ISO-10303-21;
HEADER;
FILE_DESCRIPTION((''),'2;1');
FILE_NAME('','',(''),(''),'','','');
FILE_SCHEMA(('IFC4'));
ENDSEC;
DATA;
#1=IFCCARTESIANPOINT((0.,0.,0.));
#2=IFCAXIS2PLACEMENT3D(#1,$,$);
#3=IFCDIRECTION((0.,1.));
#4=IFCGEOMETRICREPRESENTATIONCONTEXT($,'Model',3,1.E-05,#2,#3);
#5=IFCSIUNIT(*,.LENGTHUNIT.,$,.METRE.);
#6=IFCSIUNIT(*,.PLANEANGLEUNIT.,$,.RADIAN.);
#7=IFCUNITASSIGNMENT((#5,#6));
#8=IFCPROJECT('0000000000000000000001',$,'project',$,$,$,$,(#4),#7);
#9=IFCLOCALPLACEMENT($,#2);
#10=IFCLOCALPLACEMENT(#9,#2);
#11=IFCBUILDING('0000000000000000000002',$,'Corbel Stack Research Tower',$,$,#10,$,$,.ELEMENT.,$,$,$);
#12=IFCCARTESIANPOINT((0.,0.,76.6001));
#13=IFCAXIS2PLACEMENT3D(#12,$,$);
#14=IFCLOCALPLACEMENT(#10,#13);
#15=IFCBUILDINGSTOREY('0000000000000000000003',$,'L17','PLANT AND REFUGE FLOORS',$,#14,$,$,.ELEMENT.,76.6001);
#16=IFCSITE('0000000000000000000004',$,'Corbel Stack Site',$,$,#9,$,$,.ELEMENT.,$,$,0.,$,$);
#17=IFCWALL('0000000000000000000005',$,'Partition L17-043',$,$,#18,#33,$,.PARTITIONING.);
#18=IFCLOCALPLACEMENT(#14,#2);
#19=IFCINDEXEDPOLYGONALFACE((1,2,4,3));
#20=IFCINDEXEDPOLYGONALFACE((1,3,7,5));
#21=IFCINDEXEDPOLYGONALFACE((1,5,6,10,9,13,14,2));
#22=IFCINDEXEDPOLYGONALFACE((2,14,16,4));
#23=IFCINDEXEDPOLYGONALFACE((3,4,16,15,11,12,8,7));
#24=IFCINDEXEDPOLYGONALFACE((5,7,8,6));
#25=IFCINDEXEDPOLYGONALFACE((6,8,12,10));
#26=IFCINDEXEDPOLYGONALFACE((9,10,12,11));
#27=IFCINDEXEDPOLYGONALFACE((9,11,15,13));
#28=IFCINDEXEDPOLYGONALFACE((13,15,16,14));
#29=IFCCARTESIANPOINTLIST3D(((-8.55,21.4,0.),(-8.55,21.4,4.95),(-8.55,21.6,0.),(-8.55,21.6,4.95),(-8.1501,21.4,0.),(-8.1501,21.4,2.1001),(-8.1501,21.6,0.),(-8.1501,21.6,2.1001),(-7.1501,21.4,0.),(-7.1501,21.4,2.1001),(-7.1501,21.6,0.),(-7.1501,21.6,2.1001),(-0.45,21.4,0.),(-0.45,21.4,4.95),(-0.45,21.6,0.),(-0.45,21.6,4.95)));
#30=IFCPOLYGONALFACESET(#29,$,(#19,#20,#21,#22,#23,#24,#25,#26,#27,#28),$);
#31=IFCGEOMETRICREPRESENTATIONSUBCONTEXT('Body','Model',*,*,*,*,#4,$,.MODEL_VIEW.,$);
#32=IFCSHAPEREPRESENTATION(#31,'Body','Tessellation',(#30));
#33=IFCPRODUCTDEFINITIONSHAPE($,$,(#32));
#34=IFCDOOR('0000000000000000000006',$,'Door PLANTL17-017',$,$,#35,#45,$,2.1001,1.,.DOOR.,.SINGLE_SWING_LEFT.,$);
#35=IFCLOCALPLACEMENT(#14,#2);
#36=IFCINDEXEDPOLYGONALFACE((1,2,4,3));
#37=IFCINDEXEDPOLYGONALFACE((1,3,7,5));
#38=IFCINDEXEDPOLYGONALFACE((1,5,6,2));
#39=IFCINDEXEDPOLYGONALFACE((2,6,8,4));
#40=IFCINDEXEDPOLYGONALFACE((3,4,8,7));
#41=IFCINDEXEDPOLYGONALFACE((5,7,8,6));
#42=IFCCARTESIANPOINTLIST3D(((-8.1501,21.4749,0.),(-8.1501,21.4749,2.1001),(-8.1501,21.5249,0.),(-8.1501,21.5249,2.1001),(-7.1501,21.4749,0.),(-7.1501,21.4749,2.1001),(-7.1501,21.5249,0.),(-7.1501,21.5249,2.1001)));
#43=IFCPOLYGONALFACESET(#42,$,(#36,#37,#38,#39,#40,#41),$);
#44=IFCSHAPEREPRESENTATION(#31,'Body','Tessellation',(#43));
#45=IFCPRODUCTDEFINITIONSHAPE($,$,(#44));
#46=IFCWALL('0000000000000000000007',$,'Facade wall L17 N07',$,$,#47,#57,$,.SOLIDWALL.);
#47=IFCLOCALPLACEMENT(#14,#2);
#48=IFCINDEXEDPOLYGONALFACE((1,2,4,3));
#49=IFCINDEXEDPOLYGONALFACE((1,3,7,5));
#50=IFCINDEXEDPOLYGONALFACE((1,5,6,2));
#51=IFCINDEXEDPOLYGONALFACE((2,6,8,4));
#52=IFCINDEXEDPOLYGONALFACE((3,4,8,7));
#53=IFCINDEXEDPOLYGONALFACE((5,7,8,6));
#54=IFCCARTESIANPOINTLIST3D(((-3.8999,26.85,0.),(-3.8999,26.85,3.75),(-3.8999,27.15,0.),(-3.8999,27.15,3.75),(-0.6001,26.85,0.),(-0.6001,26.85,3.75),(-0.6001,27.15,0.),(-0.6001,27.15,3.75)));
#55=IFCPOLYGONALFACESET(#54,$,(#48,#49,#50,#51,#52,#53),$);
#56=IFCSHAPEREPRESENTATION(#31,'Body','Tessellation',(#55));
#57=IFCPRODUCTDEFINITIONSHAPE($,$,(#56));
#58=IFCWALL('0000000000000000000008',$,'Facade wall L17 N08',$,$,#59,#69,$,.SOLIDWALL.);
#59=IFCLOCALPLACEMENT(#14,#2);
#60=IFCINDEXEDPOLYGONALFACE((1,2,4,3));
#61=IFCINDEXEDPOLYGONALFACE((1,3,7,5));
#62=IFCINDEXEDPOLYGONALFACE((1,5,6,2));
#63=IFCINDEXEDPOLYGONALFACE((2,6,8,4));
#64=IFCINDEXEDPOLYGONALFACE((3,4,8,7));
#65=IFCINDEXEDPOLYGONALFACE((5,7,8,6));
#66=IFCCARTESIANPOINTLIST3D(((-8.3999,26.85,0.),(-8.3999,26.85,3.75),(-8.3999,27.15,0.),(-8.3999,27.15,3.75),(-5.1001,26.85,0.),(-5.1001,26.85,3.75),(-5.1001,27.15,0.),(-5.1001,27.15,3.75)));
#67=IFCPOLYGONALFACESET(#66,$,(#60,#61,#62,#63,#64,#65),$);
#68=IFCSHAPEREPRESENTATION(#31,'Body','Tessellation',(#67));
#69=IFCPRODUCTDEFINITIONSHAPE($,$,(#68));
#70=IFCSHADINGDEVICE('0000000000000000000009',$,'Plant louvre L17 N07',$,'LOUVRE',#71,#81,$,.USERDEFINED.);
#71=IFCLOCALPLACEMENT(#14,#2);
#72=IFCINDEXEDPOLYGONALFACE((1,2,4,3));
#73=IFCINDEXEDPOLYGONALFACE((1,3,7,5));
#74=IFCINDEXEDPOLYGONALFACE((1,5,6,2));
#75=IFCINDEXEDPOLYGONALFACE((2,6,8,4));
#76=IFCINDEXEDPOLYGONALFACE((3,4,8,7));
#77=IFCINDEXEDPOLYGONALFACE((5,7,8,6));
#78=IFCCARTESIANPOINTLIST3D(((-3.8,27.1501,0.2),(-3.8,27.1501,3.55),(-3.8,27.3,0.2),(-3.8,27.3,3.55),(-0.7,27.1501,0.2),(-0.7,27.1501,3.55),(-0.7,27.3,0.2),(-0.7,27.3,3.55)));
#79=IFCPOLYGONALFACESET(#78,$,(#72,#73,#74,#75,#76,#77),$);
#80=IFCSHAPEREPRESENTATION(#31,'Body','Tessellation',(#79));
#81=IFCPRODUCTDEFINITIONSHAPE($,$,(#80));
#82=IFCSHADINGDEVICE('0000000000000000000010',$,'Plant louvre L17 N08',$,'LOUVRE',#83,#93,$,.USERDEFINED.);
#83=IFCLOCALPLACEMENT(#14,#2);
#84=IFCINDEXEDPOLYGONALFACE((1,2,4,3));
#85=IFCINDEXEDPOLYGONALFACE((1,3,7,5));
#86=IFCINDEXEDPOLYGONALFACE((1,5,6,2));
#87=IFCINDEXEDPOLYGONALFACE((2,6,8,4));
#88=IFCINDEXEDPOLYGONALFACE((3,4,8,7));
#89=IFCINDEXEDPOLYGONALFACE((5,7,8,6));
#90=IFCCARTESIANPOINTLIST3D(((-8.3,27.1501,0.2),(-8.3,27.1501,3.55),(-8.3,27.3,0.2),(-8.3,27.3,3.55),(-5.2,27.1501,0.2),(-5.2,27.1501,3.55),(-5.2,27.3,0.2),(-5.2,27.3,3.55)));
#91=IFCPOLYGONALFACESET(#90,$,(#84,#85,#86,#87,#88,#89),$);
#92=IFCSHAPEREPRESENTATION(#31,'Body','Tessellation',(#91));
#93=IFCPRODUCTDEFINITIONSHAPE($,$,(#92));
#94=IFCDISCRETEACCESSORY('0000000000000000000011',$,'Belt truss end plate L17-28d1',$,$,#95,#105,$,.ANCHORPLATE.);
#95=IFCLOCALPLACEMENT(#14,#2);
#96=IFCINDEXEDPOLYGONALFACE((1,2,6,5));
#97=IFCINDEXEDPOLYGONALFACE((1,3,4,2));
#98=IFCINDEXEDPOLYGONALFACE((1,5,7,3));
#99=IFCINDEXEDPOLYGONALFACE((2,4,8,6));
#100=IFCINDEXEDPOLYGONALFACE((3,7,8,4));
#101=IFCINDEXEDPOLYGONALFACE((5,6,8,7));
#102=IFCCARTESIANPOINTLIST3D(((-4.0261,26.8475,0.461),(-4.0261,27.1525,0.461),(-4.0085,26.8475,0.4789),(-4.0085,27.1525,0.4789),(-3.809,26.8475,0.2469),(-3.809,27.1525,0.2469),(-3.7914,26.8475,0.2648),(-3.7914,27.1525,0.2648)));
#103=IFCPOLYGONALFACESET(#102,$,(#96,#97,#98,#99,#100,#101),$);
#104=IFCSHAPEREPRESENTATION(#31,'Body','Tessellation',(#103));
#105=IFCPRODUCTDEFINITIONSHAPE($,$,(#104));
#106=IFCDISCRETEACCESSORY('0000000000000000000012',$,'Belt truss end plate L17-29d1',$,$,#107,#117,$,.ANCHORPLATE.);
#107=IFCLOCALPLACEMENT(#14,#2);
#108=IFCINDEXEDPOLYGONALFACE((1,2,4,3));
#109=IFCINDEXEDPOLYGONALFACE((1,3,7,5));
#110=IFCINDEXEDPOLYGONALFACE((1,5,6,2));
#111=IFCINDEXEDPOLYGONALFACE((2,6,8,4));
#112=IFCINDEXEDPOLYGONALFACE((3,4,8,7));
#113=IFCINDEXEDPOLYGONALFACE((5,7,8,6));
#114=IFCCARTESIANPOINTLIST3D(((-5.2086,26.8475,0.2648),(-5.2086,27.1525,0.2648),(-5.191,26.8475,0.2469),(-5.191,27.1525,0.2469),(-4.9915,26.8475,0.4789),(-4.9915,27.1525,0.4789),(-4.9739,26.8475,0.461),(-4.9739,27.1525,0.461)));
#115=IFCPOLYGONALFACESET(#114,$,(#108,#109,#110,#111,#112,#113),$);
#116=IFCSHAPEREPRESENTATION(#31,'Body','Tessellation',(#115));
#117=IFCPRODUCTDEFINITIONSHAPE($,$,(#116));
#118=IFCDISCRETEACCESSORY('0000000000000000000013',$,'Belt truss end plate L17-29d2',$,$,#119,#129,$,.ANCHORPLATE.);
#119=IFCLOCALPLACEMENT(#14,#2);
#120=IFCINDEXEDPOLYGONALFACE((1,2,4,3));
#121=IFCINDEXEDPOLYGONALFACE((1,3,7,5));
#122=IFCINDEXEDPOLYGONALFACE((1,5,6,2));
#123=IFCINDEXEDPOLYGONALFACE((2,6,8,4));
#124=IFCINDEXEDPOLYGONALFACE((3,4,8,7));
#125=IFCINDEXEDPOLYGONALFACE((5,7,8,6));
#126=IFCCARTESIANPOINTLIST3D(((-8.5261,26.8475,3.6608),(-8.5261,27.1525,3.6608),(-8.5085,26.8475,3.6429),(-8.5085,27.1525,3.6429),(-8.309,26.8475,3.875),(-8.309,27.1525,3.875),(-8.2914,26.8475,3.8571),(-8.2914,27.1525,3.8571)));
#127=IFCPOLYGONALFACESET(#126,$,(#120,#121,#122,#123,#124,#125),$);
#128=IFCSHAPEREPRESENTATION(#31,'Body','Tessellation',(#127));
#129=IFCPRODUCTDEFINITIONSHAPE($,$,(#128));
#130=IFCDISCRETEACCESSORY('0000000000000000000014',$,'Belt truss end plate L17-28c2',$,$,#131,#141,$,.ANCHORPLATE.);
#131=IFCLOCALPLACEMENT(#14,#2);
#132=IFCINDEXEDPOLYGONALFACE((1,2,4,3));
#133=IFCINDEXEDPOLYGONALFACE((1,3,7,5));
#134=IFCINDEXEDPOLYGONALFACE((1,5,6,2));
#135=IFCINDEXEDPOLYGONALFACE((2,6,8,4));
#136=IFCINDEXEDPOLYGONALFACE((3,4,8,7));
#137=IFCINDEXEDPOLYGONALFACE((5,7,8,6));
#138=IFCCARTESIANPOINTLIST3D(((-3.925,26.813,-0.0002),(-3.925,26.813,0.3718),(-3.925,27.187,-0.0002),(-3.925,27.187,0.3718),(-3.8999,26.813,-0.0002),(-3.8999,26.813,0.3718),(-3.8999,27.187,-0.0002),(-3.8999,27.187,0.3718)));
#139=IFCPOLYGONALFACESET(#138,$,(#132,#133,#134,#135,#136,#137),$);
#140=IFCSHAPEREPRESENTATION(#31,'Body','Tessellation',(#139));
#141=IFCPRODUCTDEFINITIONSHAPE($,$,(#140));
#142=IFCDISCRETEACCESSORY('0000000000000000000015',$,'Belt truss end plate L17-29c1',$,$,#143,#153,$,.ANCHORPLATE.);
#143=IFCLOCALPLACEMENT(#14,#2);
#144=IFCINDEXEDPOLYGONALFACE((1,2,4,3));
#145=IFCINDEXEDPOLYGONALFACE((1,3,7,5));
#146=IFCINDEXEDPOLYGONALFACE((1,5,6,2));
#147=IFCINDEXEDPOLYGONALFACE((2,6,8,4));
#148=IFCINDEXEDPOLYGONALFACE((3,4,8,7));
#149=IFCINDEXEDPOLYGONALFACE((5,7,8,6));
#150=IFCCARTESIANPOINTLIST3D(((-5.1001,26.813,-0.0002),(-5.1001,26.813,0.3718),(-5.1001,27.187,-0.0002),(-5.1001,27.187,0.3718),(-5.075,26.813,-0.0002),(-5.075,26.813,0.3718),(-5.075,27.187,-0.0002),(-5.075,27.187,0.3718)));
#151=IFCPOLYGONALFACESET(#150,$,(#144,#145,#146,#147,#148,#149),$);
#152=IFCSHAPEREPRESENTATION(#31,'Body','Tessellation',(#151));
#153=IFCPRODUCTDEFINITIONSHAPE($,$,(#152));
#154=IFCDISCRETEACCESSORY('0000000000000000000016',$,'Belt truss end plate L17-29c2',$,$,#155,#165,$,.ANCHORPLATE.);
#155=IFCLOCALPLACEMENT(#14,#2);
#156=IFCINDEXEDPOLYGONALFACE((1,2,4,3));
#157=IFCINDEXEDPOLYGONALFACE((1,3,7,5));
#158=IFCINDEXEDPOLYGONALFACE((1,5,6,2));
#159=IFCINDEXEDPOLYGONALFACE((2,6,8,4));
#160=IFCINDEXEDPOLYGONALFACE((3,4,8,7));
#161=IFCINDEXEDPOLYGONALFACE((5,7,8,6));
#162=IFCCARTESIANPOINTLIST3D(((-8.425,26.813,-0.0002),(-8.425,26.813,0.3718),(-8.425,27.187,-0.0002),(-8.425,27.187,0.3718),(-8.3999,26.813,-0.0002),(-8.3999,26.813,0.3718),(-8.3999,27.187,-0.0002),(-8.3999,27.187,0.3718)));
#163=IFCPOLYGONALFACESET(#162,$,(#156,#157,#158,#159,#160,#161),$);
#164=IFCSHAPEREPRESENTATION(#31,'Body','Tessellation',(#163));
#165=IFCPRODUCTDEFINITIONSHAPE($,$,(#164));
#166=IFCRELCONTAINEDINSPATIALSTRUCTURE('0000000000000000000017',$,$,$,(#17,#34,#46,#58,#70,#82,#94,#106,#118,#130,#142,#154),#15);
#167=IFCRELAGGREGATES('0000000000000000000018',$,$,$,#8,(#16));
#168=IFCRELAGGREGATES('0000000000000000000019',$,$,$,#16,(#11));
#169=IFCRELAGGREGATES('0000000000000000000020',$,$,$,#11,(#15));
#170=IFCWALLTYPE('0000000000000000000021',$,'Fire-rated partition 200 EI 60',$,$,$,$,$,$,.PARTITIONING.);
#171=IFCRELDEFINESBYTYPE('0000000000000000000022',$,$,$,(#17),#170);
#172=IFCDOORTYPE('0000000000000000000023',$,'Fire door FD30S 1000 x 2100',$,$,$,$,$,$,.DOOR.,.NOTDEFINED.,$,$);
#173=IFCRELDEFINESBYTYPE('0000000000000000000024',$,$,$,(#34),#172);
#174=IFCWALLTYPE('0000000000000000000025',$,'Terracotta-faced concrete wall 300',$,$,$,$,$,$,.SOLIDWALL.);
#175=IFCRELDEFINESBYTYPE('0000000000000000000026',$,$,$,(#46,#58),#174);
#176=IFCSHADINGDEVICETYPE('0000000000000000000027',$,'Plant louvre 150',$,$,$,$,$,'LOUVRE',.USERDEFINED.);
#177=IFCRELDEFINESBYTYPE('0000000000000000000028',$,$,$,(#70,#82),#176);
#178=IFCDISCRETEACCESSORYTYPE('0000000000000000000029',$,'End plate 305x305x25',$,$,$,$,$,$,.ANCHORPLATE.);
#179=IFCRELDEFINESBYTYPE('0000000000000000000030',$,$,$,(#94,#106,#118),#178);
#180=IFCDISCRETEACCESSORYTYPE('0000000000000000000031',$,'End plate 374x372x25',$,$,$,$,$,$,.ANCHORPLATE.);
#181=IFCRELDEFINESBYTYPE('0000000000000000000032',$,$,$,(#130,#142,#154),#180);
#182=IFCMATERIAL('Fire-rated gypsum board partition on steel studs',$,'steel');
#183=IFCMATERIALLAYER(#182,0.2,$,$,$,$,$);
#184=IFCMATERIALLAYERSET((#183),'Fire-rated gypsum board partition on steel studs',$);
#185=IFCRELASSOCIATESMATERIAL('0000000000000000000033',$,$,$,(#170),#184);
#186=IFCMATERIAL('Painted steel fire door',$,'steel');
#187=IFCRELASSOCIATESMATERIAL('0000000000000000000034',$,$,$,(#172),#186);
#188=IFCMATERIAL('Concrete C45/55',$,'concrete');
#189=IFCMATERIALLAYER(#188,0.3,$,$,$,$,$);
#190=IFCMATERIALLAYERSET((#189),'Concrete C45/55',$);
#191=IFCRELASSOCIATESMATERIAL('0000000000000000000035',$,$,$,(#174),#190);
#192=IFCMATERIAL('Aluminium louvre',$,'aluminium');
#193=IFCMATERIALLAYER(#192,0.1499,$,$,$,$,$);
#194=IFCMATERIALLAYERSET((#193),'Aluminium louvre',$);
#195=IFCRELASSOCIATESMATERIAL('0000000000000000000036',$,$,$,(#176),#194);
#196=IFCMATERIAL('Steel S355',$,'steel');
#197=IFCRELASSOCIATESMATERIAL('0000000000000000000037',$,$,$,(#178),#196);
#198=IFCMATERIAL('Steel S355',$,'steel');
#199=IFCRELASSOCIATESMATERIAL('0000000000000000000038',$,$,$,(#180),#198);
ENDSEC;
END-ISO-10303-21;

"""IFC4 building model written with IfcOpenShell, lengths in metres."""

from ifc_helpers import new_model, si_unit, direction, frame, frame_2d, origin, origin_2d, place, context, subcontext, project, spatial, rectangle, extrude, material, layer, layer_set, material_profile, profile_set, type_object, element, fill, save


model = new_model("IFC4")

# Units and contexts
model_context = context("Model", 3, precision=1e-05, world=origin(), true_north=direction((0.0, 1.0)))
body_context = subcontext(model_context, "Body", "Model", "MODEL_VIEW")
ifc_project = project(units=[si_unit("LENGTHUNIT", "METRE"), si_unit("PLANEANGLEUNIT", "RADIAN")], contexts=[model_context])

# Site, building, storey
site_placement = place(None, origin())
site = spatial("IfcSite", under=ifc_project, at=site_placement, Name="Corbel Stack Site", CompositionType="ELEMENT", RefElevation=0.0)
building_placement = place(site_placement, origin())
building = spatial("IfcBuilding", under=site, at=building_placement, Name="Corbel Stack Research Tower", CompositionType="ELEMENT")
storey_placement = place(building_placement, frame((0.0, 0.0, 76.6001)))
storey = spatial("IfcBuildingStorey", under=building, at=storey_placement, Name="L17", Description="PLANT AND REFUGE FLOORS", CompositionType="ELEMENT", Elevation=76.6001)

# Shared definitions
ifc_material_1 = material(Name="Fire-rated gypsum board partition on steel studs", Category="steel")
ifc_layer_1 = layer(ifc_material_1, 0.2)
ifc_layer_set_1 = layer_set([ifc_layer_1], Name="Fire-rated gypsum board partition on steel studs")
wall_type_1 = type_object("IfcWallType", Name="Fire-rated partition 200 EI 60", PredefinedType="PARTITIONING", material=ifc_layer_set_1)

# Wall, opening, door
wall_1_placement = place(storey_placement, frame((-8.55, 21.5, 0.0), z_axis=(0.0, 0.0, 1.0), x_axis=(1.0, 0.0, 0.0)))
wall_1 = element("IfcWall", 1, at=wall_1_placement, inside=storey, type_object=wall_type_1, Name="Partition L17-043", PredefinedType="PARTITIONING", context=body_context, shape_type="SweptSolid", body=[
    extrude(rectangle(XDim=8.1001, YDim=0.2, at=frame_2d((4.05, 0.0))), origin(), (0.0, 0.0, 1.0), 4.95),
])
opening_placement = place(wall_1_placement, frame((0.3999, 0.0, 0.0)))
opening = element("IfcOpeningElement", 2, at=opening_placement, cuts=wall_1, PredefinedType="OPENING", context=body_context, shape_type="SweptSolid", body=[
    extrude(rectangle(XDim=1.0, YDim=2.1001, at=frame_2d((0.5, 1.05))), frame((0.0, 0.1099, 0.0), z_axis=(0.0, -1.0, 0.0), x_axis=(1.0, 0.0, 0.0)), (0.0, 0.0, 1.0), 0.22),
])
ifc_material_2 = material(Name="Painted steel fire door", Category="steel")
door_type = type_object("IfcDoorType", Name="Fire door FD30S 1000 x 2100", OperationType="NOTDEFINED", PredefinedType="DOOR", material=ifc_material_2)
door_placement = place(opening_placement, origin())
door = element("IfcDoor", 3, at=door_placement, inside=storey, type_object=door_type, Name="Door PLANTL17-017", OperationType="SINGLE_SWING_LEFT", OverallHeight=2.1001, OverallWidth=1.0, PredefinedType="DOOR", context=body_context, shape_type="SweptSolid", body=[
    extrude(rectangle(XDim=1.0, YDim=2.1001, at=frame_2d((0.5, 1.05))), frame((0.0, 0.0249, 0.0), z_axis=(0.0, -1.0, 0.0), x_axis=(1.0, 0.0, 0.0)), (0.0, 0.0, 1.0), 0.05),
])
fill(opening, door)

# Walls
ifc_material_3 = material(Name="Concrete C45/55", Category="concrete")
ifc_layer_2 = layer(ifc_material_3, 0.3)
ifc_layer_set_2 = layer_set([ifc_layer_2], Name="Concrete C45/55")
wall_type_2 = type_object("IfcWallType", Name="Terracotta-faced concrete wall 300", PredefinedType="SOLIDWALL", material=ifc_layer_set_2)
for number, where, z_axis, x_axis, name in (
    (4, (-3.8999, 27.0, 0.0), (0.0, 0.0, 1.0), (1.0, 0.0, 0.0), "Facade wall L17 N07"),
    (5, (-8.3999, 27.0, 0.0), (0.0, 0.0, 1.0), (1.0, 0.0, 0.0), "Facade wall L17 N08"),
):
    element("IfcWall", number, at=place(storey_placement, frame(where, z_axis=z_axis, x_axis=x_axis)), inside=storey, type_object=wall_type_2, Name=name, PredefinedType="SOLIDWALL", context=body_context, shape_type="SweptSolid", body=[
        extrude(rectangle(XDim=3.2998, YDim=0.3, at=frame_2d((1.6499, 0.0))), origin(), (0.0, 0.0, 1.0), 3.75),
    ])

# Shading devices
ifc_material_4 = material(Name="Aluminium louvre", Category="aluminium")
ifc_layer_3 = layer(ifc_material_4, 0.1499)
ifc_layer_set_3 = layer_set([ifc_layer_3], Name="Aluminium louvre")
shading_device_type = type_object("IfcShadingDeviceType", Name="Plant louvre 150", ElementType="LOUVRE", PredefinedType="USERDEFINED", material=ifc_layer_set_3)
for number, where, z_axis, x_axis, name in (
    (6, (-2.25, 27.2251, 0.2), (0.0, 0.0, 1.0), (-1.0, 0.0, 0.0), "Plant louvre L17 N07"),
    (7, (-6.75, 27.2251, 0.2), (0.0, 0.0, 1.0), (-1.0, 0.0, 0.0), "Plant louvre L17 N08"),
):
    element("IfcShadingDevice", number, at=place(storey_placement, frame(where, z_axis=z_axis, x_axis=x_axis)), inside=storey, type_object=shading_device_type, Name=name, ObjectType="LOUVRE", PredefinedType="USERDEFINED", context=body_context, shape_type="SweptSolid", body=[
        extrude(rectangle(XDim=3.1001, YDim=0.1499, at=origin_2d()), origin(), (0.0, 0.0, 1.0), 3.3501),
    ])

# Discrete accessories
ifc_material_5 = material(Name="Steel S355", Category="steel")
ifc_material_profile_1 = material_profile(ifc_material_5, rectangle(XDim=0.3049, YDim=0.3049, at=origin_2d()), Name="End plate 305x305x25")
ifc_profile_set_1 = profile_set([ifc_material_profile_1], Name="Steel S355")
discrete_accessory_type_1 = type_object("IfcDiscreteAccessoryType", Name="End plate 305x305x25", PredefinedType="ANCHORPLATE", material=ifc_profile_set_1)
for number, where, z_axis, x_axis, name in (
    (8, (-3.8999, 27.0, 0.3718), (-0.702213, 0.0, -0.711966), (0.0, -1.0, 0.0), "Belt truss end plate L17-28d1"),
    (9, (-5.1001, 27.0, 0.3718), (0.702213, 0.0, -0.711966), (0.0, 1.0, 0.0), "Belt truss end plate L17-29d1"),
    (10, (-8.3999, 27.0, 3.75), (-0.702213, 0.0, 0.711966), (0.0, -1.0, 0.0), "Belt truss end plate L17-29d2"),
):
    element("IfcDiscreteAccessory", number, at=place(storey_placement, frame(where, z_axis=z_axis, x_axis=x_axis)), inside=storey, type_object=discrete_accessory_type_1, Name=name, PredefinedType="ANCHORPLATE", context=body_context, shape_type="SweptSolid", body=[
        extrude(rectangle(XDim=0.3049, YDim=0.3049, at=origin_2d()), origin(), (0.0, 0.0, 1.0), 0.0251),
    ])
ifc_material_6 = material(Name="Steel S355", Category="steel")
ifc_material_profile_2 = material_profile(ifc_material_6, rectangle(XDim=0.374, YDim=0.3721, at=origin_2d()), Name="End plate 374x372x25")
ifc_profile_set_2 = profile_set([ifc_material_profile_2], Name="Steel S355")
discrete_accessory_type_2 = type_object("IfcDiscreteAccessoryType", Name="End plate 374x372x25", PredefinedType="ANCHORPLATE", material=ifc_profile_set_2)
for number, where, z_axis, x_axis, name in (
    (11, (-3.8999, 27.0, 0.1858), (-1.0, 0.0, 0.0), (0.0, -1.0, 0.0), "Belt truss end plate L17-28c2"),
    (12, (-5.1001, 27.0, 0.1858), (1.0, 0.0, 0.0), (0.0, 1.0, 0.0), "Belt truss end plate L17-29c1"),
    (13, (-8.3999, 27.0, 0.1858), (-1.0, 0.0, 0.0), (0.0, -1.0, 0.0), "Belt truss end plate L17-29c2"),
):
    element("IfcDiscreteAccessory", number, at=place(storey_placement, frame(where, z_axis=z_axis, x_axis=x_axis)), inside=storey, type_object=discrete_accessory_type_2, Name=name, PredefinedType="ANCHORPLATE", context=body_context, shape_type="SweptSolid", body=[
        extrude(rectangle(XDim=0.374, YDim=0.3721, at=origin_2d()), origin(), (0.0, 0.0, 1.0), 0.0251),
    ])

save(model, "model.ifc")
